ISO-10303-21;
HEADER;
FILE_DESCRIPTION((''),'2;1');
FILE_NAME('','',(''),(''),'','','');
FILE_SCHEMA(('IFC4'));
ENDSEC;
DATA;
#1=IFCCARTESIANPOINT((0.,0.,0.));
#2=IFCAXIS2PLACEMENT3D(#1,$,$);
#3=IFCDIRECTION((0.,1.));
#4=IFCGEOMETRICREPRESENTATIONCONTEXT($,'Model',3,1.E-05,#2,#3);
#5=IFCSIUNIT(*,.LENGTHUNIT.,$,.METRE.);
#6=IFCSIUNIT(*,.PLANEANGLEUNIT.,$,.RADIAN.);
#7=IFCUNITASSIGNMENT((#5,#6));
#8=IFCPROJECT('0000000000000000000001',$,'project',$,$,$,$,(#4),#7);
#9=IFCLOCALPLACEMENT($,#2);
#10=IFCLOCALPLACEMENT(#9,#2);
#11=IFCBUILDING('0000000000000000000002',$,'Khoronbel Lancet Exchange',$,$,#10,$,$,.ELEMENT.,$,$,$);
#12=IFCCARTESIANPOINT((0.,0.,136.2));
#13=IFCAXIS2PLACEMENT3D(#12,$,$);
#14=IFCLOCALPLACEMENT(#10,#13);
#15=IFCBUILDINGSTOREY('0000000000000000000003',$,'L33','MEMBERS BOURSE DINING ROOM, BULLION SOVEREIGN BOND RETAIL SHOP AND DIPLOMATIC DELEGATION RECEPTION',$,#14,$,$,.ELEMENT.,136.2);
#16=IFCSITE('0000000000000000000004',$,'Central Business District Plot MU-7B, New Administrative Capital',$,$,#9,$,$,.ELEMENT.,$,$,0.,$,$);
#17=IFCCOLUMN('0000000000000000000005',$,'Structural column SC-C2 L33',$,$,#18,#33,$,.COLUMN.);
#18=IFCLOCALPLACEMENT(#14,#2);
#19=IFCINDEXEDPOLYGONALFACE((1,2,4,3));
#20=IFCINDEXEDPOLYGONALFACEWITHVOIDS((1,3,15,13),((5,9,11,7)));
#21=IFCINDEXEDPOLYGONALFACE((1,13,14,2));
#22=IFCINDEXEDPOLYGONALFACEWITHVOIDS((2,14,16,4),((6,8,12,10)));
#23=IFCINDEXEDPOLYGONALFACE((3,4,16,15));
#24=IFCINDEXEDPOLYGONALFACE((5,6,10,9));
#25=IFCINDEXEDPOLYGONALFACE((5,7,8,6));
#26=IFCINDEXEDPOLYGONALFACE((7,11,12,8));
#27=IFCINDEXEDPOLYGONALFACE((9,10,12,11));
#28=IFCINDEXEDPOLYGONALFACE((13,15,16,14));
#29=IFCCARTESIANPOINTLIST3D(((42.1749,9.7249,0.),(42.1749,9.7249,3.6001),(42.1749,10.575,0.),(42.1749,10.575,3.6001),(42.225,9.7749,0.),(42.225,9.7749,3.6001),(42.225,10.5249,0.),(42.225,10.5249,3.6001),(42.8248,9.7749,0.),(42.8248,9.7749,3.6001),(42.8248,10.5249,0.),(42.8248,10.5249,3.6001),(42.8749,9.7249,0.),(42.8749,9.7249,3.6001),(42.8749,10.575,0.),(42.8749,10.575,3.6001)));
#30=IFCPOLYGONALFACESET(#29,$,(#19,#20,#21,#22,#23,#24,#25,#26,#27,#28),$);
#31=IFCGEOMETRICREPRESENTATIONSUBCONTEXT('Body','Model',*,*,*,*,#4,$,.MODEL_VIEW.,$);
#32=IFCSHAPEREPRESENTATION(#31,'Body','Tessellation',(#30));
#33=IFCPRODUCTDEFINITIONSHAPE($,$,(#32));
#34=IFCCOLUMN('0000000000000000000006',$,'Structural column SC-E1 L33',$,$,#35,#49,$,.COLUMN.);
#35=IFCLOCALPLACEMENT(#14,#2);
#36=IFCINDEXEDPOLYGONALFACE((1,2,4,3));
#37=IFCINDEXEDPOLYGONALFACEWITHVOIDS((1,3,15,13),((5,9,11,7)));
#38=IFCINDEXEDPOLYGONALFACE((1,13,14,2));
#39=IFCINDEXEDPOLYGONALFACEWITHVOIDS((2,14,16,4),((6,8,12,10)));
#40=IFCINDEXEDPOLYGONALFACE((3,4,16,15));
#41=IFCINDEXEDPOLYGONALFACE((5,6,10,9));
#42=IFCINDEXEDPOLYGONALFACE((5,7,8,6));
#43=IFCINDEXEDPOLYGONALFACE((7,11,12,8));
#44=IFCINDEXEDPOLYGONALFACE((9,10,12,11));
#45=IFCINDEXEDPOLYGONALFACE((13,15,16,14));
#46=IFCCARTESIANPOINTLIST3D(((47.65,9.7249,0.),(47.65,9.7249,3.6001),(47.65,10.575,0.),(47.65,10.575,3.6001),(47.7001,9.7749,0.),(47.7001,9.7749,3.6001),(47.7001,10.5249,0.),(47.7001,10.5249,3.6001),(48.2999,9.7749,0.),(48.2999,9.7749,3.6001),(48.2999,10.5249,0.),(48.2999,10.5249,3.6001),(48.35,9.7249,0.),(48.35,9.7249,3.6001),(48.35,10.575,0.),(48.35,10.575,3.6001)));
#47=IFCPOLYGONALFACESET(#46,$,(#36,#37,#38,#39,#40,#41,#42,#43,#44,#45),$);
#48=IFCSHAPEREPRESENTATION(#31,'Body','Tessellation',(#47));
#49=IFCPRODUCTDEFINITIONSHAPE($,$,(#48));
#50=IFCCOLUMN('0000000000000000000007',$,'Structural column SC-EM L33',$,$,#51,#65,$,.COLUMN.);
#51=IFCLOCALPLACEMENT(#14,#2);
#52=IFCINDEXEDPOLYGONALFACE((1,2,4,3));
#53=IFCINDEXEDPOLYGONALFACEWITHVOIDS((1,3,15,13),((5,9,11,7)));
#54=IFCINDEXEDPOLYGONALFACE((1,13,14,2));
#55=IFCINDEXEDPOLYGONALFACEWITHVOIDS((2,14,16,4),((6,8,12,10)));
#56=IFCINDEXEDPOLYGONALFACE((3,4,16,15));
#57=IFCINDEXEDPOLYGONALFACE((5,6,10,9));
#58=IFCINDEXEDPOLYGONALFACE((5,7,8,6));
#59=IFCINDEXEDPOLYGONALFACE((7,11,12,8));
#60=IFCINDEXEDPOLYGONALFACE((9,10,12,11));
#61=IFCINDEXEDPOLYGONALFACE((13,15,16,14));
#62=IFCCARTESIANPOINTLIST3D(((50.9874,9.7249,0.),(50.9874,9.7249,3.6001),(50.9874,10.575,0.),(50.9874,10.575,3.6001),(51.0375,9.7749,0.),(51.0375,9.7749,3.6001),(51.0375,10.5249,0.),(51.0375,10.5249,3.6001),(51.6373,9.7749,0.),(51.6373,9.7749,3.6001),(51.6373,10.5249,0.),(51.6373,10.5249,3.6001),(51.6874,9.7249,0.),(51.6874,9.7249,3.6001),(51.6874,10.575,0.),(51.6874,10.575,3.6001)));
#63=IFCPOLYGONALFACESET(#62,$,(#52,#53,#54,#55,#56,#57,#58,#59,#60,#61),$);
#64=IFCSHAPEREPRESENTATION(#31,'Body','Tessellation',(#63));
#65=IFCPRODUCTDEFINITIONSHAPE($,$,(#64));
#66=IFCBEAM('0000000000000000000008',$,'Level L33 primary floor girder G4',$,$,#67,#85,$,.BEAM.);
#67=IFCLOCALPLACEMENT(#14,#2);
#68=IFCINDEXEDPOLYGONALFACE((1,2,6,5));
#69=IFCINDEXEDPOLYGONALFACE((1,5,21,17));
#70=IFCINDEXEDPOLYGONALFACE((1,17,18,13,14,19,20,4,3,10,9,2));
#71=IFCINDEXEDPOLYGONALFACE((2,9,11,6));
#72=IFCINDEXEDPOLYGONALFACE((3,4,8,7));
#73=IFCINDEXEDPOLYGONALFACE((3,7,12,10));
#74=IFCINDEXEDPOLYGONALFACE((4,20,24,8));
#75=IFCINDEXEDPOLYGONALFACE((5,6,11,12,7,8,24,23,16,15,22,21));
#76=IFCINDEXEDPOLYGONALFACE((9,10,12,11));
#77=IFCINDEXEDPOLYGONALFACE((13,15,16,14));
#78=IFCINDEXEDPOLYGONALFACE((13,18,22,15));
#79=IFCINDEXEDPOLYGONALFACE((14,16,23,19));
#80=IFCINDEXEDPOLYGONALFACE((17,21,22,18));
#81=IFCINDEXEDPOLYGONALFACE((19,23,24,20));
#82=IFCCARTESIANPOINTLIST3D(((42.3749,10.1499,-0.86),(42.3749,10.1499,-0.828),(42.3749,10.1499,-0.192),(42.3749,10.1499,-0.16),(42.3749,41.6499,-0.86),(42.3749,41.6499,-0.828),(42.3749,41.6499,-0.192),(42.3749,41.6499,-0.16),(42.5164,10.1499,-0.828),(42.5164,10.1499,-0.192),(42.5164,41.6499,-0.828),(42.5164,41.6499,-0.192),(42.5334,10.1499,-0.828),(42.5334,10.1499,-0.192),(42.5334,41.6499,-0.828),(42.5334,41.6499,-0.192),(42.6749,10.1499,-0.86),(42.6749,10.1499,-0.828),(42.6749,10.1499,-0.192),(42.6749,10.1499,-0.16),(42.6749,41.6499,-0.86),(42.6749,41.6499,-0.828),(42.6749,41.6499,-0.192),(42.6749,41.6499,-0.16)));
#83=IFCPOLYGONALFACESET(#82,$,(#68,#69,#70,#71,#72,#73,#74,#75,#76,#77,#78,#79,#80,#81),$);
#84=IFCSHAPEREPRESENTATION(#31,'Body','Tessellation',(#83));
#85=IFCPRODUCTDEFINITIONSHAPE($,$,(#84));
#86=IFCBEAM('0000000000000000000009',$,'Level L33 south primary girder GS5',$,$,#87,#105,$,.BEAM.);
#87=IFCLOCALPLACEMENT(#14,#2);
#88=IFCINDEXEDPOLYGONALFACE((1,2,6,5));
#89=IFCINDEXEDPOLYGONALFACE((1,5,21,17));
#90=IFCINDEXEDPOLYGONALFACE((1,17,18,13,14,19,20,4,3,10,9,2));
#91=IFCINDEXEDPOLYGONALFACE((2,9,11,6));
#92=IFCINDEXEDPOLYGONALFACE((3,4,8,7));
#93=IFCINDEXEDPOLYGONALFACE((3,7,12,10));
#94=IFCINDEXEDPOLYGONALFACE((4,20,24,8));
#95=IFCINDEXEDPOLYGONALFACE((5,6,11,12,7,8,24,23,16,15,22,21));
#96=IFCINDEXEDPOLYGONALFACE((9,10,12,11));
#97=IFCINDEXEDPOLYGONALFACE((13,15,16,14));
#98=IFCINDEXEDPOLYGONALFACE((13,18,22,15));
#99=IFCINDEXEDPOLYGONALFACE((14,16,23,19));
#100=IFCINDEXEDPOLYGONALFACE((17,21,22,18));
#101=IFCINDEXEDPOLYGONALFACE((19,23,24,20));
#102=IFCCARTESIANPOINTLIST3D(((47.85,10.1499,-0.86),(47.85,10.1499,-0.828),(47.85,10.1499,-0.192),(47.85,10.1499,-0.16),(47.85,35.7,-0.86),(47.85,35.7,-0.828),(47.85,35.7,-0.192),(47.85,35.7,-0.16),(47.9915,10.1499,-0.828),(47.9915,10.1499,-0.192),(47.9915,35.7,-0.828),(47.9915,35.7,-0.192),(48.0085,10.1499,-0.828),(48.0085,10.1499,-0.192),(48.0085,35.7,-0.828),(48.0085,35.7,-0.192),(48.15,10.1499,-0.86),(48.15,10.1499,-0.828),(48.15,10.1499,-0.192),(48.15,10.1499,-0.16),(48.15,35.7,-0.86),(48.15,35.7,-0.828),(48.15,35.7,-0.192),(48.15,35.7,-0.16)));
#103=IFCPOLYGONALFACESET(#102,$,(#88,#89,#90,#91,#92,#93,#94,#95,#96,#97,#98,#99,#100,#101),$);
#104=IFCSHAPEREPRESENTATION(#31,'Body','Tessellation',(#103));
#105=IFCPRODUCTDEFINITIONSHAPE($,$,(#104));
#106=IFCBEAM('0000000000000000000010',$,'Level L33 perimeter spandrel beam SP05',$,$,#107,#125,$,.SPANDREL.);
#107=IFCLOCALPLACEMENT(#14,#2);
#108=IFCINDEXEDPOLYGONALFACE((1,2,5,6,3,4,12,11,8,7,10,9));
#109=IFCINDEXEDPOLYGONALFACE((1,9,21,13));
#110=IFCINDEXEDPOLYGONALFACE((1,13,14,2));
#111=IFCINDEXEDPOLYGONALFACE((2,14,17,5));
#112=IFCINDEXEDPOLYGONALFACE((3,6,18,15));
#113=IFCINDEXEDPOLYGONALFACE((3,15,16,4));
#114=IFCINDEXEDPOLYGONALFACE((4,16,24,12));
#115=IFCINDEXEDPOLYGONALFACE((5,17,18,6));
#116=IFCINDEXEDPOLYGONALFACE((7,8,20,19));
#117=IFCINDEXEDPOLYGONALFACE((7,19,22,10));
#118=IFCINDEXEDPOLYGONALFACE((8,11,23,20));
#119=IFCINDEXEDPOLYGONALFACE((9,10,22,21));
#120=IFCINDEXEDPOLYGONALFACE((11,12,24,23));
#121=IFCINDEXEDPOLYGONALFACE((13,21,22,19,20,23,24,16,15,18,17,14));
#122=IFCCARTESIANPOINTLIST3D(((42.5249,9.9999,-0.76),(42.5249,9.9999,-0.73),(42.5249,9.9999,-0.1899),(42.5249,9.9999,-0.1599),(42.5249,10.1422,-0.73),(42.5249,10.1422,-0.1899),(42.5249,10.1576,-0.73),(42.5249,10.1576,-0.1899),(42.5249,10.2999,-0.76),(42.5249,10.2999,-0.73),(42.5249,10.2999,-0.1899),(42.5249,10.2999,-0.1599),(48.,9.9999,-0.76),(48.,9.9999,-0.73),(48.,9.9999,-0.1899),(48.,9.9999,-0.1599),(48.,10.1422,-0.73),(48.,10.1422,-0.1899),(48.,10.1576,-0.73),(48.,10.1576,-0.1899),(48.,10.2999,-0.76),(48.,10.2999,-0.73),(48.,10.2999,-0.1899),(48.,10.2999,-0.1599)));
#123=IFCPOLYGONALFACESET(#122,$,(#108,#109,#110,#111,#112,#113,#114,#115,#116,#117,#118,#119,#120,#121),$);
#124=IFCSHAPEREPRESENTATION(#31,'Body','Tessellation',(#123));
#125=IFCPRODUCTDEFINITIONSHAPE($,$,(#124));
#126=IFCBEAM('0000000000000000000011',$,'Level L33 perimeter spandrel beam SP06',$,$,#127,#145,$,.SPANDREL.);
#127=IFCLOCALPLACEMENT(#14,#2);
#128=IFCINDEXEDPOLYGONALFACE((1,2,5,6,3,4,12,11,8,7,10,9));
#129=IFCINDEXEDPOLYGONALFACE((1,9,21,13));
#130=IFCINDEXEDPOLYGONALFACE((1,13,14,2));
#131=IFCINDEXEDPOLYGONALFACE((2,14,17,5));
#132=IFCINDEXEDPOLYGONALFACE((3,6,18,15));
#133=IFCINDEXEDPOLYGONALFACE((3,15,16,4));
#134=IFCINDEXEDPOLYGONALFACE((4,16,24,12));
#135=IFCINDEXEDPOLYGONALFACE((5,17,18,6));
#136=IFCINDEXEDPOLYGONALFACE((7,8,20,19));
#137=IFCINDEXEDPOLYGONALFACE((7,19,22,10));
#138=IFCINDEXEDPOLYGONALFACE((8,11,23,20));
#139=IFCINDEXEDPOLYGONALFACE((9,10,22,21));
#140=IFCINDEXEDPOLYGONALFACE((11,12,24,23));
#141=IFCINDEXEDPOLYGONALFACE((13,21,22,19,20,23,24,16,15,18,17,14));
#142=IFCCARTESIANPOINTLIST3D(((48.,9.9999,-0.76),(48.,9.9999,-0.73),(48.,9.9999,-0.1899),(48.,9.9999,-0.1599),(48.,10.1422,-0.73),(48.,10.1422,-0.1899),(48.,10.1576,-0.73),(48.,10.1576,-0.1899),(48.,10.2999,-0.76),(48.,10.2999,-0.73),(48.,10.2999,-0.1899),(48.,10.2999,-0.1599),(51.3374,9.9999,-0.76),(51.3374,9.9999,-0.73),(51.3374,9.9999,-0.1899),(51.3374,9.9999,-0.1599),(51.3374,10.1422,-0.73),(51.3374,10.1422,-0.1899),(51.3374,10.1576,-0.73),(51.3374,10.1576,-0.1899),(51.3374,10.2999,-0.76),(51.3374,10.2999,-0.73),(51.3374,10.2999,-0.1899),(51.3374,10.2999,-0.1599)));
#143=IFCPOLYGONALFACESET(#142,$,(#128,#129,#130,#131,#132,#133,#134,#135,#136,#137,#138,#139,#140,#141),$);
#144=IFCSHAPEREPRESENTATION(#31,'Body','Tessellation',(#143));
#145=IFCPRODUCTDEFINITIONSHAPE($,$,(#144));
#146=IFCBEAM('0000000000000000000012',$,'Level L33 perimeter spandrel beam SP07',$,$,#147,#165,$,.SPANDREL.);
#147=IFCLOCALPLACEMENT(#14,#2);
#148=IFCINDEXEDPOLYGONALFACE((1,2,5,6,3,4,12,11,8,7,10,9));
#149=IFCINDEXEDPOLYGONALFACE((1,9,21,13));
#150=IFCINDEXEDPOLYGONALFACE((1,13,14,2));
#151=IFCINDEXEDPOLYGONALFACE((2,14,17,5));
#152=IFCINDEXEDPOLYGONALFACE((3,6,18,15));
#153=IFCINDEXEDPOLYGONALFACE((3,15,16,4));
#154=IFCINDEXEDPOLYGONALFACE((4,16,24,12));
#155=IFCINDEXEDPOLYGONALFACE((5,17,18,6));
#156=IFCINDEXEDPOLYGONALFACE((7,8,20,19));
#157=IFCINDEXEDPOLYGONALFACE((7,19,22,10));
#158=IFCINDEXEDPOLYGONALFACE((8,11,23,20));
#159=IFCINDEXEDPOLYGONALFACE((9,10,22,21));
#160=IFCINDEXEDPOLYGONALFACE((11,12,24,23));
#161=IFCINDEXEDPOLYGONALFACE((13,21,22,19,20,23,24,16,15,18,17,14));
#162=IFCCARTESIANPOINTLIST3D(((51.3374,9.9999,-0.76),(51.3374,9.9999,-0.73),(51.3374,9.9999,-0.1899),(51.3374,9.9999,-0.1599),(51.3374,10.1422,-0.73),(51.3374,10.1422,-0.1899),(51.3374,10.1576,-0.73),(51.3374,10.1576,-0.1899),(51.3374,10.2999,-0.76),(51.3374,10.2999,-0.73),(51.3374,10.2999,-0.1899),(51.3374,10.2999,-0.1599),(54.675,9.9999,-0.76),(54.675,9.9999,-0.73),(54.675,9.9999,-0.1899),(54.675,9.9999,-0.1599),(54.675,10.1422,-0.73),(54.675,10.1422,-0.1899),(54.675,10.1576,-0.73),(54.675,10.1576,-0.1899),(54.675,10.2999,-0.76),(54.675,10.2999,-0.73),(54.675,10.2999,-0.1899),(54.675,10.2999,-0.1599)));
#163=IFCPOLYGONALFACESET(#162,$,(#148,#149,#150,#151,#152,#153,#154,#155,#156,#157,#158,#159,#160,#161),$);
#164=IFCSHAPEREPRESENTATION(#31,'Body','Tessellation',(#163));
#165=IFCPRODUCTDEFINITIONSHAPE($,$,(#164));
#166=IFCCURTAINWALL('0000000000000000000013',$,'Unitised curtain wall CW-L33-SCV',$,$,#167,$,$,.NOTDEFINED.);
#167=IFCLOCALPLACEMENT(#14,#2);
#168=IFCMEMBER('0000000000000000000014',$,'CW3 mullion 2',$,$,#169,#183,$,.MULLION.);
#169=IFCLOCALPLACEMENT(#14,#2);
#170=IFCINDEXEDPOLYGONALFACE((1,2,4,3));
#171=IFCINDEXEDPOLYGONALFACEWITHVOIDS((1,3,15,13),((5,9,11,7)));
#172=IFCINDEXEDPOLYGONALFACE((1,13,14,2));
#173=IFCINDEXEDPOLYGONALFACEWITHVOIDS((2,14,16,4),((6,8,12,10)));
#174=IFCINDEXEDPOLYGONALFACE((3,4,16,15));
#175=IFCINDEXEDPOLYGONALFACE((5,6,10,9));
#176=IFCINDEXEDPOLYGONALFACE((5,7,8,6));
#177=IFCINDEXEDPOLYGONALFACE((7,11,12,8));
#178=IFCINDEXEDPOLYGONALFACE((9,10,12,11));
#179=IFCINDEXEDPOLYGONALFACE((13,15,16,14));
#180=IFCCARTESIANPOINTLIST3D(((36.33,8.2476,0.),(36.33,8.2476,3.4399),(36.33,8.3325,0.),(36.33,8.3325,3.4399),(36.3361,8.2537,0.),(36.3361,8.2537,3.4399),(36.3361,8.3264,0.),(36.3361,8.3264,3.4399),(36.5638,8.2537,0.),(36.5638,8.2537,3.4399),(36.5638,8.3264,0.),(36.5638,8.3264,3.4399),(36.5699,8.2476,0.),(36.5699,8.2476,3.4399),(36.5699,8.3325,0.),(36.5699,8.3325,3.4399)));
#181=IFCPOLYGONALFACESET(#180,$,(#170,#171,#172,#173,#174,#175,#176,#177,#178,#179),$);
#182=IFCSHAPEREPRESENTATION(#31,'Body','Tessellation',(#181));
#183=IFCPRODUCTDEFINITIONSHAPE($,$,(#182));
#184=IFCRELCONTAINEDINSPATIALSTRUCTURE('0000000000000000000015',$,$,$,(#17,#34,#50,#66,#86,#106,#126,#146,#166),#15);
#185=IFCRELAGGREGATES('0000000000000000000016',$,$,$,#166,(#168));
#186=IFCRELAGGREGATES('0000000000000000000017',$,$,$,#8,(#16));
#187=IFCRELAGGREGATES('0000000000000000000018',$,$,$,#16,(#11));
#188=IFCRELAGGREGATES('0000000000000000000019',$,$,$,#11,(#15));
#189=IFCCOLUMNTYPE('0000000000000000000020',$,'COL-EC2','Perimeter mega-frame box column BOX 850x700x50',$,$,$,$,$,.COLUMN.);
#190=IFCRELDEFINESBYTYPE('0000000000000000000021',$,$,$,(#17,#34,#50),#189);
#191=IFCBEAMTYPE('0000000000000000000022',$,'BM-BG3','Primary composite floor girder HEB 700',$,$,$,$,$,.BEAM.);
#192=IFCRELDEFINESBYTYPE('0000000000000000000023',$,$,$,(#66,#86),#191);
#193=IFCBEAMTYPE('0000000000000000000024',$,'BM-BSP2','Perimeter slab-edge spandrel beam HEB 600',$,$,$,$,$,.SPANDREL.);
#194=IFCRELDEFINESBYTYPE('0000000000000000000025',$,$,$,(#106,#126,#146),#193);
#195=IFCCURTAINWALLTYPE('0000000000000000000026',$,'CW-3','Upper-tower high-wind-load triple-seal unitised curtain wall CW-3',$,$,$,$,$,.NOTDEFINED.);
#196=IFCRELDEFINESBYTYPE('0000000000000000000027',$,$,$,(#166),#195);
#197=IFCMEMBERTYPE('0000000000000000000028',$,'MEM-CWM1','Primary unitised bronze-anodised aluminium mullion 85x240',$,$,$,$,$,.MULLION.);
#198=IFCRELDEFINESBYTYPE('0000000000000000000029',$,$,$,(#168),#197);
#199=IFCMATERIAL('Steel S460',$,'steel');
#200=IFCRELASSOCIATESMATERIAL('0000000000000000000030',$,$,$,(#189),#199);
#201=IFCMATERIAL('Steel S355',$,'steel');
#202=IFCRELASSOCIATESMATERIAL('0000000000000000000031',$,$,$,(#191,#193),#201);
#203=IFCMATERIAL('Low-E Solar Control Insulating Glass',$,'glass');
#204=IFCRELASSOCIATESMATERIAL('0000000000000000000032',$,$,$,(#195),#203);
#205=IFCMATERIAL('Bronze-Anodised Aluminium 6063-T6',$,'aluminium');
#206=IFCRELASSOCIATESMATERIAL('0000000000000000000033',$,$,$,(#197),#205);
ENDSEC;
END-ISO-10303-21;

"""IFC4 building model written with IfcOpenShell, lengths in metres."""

from ifc_helpers import new_model, si_unit, direction, frame, origin, origin_2d, place, context, subcontext, project, spatial, hollow_rectangle, i_section, extrude, material, material_profile, profile_set, type_object, element, aggregate, save


model = new_model("IFC4")

# Units and contexts
model_context = context("Model", 3, precision=1e-05, world=origin(), true_north=direction((0.0, 1.0)))
body_context = subcontext(model_context, "Body", "Model", "MODEL_VIEW")
ifc_project = project(units=[si_unit("LENGTHUNIT", "METRE"), si_unit("PLANEANGLEUNIT", "RADIAN")], contexts=[model_context])

# Site, building, storey
site_placement = place(None, origin())
site = spatial("IfcSite", under=ifc_project, at=site_placement, Name="Central Business District Plot MU-7B, New Administrative Capital", CompositionType="ELEMENT", RefElevation=0.0)
building_placement = place(site_placement, origin())
building = spatial("IfcBuilding", under=site, at=building_placement, Name="Khoronbel Lancet Exchange", CompositionType="ELEMENT")
storey_placement = place(building_placement, frame((0.0, 0.0, 136.2)))
storey = spatial("IfcBuildingStorey", under=building, at=storey_placement, Name="L33", Description="MEMBERS BOURSE DINING ROOM, BULLION SOVEREIGN BOND RETAIL SHOP AND DIPLOMATIC DELEGATION RECEPTION", CompositionType="ELEMENT", Elevation=136.2)

# Columns
ifc_material_1 = material(Name="Steel S460", Category="steel")
ifc_material_profile_1 = material_profile(ifc_material_1, hollow_rectangle(XDim=0.7, YDim=0.8501, WallThickness=0.05, at=origin_2d()), Name="BOX 850x700x50")
ifc_profile_set_1 = profile_set([ifc_material_profile_1], Name="Steel S460")
column_type = type_object("IfcColumnType", Name="COL-EC2", Description="Perimeter mega-frame box column BOX 850x700x50", PredefinedType="COLUMN", material=ifc_profile_set_1)
for number, where, z_axis, x_axis, name in (
    (1, (42.5249, 10.1499, 0.0), (0.0, 0.0, 1.0), (1.0, 0.0, 0.0), "Structural column SC-C2 L33"),
    (2, (48.0, 10.1499, 0.0), (0.0, 0.0, 1.0), (1.0, 0.0, 0.0), "Structural column SC-E1 L33"),
    (3, (51.3374, 10.1499, 0.0), (0.0, 0.0, 1.0), (1.0, 0.0, 0.0), "Structural column SC-EM L33"),
):
    element("IfcColumn", number, at=place(storey_placement, frame(where, z_axis=z_axis, x_axis=x_axis)), inside=storey, type_object=column_type, Name=name, PredefinedType="COLUMN", context=body_context, shape_type="SweptSolid", body=[
        extrude(hollow_rectangle(XDim=0.7, YDim=0.8501, WallThickness=0.05, at=origin_2d()), origin(), (0.0, 0.0, 1.0), 3.6001),
    ])

# Beams
ifc_material_2 = material(Name="Steel S355", Category="steel")
ifc_material_profile_2 = material_profile(ifc_material_2, i_section(OverallWidth=0.3, OverallDepth=0.7, WebThickness=0.0171, FlangeThickness=0.032, at=origin_2d()), Name="HEB 700")
ifc_profile_set_2 = profile_set([ifc_material_profile_2], Name="Steel S355")
beam_type_1 = type_object("IfcBeamType", Name="BM-BG3", Description="Primary composite floor girder HEB 700", PredefinedType="BEAM", material=ifc_profile_set_2)
beam_1_placement = place(storey_placement, frame((42.5249, 10.1499, -0.51), z_axis=(0.0, 1.0, 0.0), x_axis=(-1.0, 0.0, 0.0)))
element("IfcBeam", 4, at=beam_1_placement, inside=storey, type_object=beam_type_1, Name="Level L33 primary floor girder G4", PredefinedType="BEAM", context=body_context, shape_type="SweptSolid", body=[
    extrude(i_section(OverallWidth=0.3, OverallDepth=0.7, WebThickness=0.0171, FlangeThickness=0.032, at=origin_2d()), origin(), (0.0, 0.0, 1.0), 31.5),
])
beam_2_placement = place(storey_placement, frame((48.0, 10.1499, -0.51), z_axis=(0.0, 1.0, 0.0), x_axis=(-1.0, 0.0, 0.0)))
element("IfcBeam", 5, at=beam_2_placement, inside=storey, type_object=beam_type_1, Name="Level L33 south primary girder GS5", PredefinedType="BEAM", context=body_context, shape_type="SweptSolid", body=[
    extrude(i_section(OverallWidth=0.3, OverallDepth=0.7, WebThickness=0.0171, FlangeThickness=0.032, at=origin_2d()), origin(), (0.0, 0.0, 1.0), 25.55),
])
ifc_material_profile_3 = material_profile(ifc_material_2, i_section(OverallWidth=0.3, OverallDepth=0.6001, WebThickness=0.0154, FlangeThickness=0.03, at=origin_2d()), Name="HEB 600")
ifc_profile_set_3 = profile_set([ifc_material_profile_3], Name="Steel S355")
beam_type_2 = type_object("IfcBeamType", Name="BM-BSP2", Description="Perimeter slab-edge spandrel beam HEB 600", PredefinedType="SPANDREL", material=ifc_profile_set_3)
beam_3_placement = place(storey_placement, frame((42.5249, 10.1499, -0.46), z_axis=(1.0, 0.0, 0.0), x_axis=(0.0, 1.0, 0.0)))
element("IfcBeam", 6, at=beam_3_placement, inside=storey, type_object=beam_type_2, Name="Level L33 perimeter spandrel beam SP05", PredefinedType="SPANDREL", context=body_context, shape_type="SweptSolid", body=[
    extrude(i_section(OverallWidth=0.3, OverallDepth=0.6001, WebThickness=0.0154, FlangeThickness=0.03, at=origin_2d()), origin(), (0.0, 0.0, 1.0), 5.4751),
])
beam_4_placement = place(storey_placement, frame((48.0, 10.1499, -0.46), z_axis=(1.0, 0.0, 0.0), x_axis=(0.0, 1.0, 0.0)))
element("IfcBeam", 7, at=beam_4_placement, inside=storey, type_object=beam_type_2, Name="Level L33 perimeter spandrel beam SP06", PredefinedType="SPANDREL", context=body_context, shape_type="SweptSolid", body=[
    extrude(i_section(OverallWidth=0.3, OverallDepth=0.6001, WebThickness=0.0154, FlangeThickness=0.03, at=origin_2d()), origin(), (0.0, 0.0, 1.0), 3.3374),
])
beam_5_placement = place(storey_placement, frame((51.3374, 10.1499, -0.46), z_axis=(1.0, 0.0, 0.0), x_axis=(0.0, 1.0, 0.0)))
element("IfcBeam", 8, at=beam_5_placement, inside=storey, type_object=beam_type_2, Name="Level L33 perimeter spandrel beam SP07", PredefinedType="SPANDREL", context=body_context, shape_type="SweptSolid", body=[
    extrude(i_section(OverallWidth=0.3, OverallDepth=0.6001, WebThickness=0.0154, FlangeThickness=0.03, at=origin_2d()), origin(), (0.0, 0.0, 1.0), 3.3376),
])

# Curtain wall, member
ifc_material_3 = material(Name="Low-E Solar Control Insulating Glass", Category="glass")
curtain_wall_type = type_object("IfcCurtainWallType", Name="CW-3", Description="Upper-tower high-wind-load triple-seal unitised curtain wall CW-3", PredefinedType="NOTDEFINED", material=ifc_material_3)
curtain_wall_1_placement = place(storey_placement, origin())
curtain_wall_1 = element("IfcCurtainWall", 9, at=curtain_wall_1_placement, inside=storey, type_object=curtain_wall_type, Name="Unitised curtain wall CW-L33-SCV", PredefinedType="NOTDEFINED")
ifc_material_4 = material(Name="Bronze-Anodised Aluminium 6063-T6", Category="aluminium")
ifc_material_profile_4 = material_profile(ifc_material_4, hollow_rectangle(XDim=0.085, YDim=0.24, WallThickness=0.0061, at=origin_2d()), Name="ALU MULLION 85x240")
ifc_profile_set_4 = profile_set([ifc_material_profile_4], Name="Bronze-Anodised Aluminium 6063-T6")
member_type_1 = type_object("IfcMemberType", Name="MEM-CWM1", Description="Primary unitised bronze-anodised aluminium mullion 85x240", PredefinedType="MULLION", material=ifc_profile_set_4)
member_1_placement = place(storey_placement, frame((36.45, 8.29, 0.0), z_axis=(0.0, 0.0, 1.0), x_axis=(0.0, 1.0, 0.0)))
member_1 = element("IfcMember", 10, at=member_1_placement, type_object=member_type_1, Name="CW3 mullion 2", PredefinedType="MULLION", context=body_context, shape_type="SweptSolid", body=[
    extrude(hollow_rectangle(XDim=0.085, YDim=0.24, WallThickness=0.0061, at=origin_2d()), origin(), (0.0, 0.0, 1.0), 3.4399),
])

aggregate(curtain_wall_1, [member_1])

save(model, "model.ifc")
